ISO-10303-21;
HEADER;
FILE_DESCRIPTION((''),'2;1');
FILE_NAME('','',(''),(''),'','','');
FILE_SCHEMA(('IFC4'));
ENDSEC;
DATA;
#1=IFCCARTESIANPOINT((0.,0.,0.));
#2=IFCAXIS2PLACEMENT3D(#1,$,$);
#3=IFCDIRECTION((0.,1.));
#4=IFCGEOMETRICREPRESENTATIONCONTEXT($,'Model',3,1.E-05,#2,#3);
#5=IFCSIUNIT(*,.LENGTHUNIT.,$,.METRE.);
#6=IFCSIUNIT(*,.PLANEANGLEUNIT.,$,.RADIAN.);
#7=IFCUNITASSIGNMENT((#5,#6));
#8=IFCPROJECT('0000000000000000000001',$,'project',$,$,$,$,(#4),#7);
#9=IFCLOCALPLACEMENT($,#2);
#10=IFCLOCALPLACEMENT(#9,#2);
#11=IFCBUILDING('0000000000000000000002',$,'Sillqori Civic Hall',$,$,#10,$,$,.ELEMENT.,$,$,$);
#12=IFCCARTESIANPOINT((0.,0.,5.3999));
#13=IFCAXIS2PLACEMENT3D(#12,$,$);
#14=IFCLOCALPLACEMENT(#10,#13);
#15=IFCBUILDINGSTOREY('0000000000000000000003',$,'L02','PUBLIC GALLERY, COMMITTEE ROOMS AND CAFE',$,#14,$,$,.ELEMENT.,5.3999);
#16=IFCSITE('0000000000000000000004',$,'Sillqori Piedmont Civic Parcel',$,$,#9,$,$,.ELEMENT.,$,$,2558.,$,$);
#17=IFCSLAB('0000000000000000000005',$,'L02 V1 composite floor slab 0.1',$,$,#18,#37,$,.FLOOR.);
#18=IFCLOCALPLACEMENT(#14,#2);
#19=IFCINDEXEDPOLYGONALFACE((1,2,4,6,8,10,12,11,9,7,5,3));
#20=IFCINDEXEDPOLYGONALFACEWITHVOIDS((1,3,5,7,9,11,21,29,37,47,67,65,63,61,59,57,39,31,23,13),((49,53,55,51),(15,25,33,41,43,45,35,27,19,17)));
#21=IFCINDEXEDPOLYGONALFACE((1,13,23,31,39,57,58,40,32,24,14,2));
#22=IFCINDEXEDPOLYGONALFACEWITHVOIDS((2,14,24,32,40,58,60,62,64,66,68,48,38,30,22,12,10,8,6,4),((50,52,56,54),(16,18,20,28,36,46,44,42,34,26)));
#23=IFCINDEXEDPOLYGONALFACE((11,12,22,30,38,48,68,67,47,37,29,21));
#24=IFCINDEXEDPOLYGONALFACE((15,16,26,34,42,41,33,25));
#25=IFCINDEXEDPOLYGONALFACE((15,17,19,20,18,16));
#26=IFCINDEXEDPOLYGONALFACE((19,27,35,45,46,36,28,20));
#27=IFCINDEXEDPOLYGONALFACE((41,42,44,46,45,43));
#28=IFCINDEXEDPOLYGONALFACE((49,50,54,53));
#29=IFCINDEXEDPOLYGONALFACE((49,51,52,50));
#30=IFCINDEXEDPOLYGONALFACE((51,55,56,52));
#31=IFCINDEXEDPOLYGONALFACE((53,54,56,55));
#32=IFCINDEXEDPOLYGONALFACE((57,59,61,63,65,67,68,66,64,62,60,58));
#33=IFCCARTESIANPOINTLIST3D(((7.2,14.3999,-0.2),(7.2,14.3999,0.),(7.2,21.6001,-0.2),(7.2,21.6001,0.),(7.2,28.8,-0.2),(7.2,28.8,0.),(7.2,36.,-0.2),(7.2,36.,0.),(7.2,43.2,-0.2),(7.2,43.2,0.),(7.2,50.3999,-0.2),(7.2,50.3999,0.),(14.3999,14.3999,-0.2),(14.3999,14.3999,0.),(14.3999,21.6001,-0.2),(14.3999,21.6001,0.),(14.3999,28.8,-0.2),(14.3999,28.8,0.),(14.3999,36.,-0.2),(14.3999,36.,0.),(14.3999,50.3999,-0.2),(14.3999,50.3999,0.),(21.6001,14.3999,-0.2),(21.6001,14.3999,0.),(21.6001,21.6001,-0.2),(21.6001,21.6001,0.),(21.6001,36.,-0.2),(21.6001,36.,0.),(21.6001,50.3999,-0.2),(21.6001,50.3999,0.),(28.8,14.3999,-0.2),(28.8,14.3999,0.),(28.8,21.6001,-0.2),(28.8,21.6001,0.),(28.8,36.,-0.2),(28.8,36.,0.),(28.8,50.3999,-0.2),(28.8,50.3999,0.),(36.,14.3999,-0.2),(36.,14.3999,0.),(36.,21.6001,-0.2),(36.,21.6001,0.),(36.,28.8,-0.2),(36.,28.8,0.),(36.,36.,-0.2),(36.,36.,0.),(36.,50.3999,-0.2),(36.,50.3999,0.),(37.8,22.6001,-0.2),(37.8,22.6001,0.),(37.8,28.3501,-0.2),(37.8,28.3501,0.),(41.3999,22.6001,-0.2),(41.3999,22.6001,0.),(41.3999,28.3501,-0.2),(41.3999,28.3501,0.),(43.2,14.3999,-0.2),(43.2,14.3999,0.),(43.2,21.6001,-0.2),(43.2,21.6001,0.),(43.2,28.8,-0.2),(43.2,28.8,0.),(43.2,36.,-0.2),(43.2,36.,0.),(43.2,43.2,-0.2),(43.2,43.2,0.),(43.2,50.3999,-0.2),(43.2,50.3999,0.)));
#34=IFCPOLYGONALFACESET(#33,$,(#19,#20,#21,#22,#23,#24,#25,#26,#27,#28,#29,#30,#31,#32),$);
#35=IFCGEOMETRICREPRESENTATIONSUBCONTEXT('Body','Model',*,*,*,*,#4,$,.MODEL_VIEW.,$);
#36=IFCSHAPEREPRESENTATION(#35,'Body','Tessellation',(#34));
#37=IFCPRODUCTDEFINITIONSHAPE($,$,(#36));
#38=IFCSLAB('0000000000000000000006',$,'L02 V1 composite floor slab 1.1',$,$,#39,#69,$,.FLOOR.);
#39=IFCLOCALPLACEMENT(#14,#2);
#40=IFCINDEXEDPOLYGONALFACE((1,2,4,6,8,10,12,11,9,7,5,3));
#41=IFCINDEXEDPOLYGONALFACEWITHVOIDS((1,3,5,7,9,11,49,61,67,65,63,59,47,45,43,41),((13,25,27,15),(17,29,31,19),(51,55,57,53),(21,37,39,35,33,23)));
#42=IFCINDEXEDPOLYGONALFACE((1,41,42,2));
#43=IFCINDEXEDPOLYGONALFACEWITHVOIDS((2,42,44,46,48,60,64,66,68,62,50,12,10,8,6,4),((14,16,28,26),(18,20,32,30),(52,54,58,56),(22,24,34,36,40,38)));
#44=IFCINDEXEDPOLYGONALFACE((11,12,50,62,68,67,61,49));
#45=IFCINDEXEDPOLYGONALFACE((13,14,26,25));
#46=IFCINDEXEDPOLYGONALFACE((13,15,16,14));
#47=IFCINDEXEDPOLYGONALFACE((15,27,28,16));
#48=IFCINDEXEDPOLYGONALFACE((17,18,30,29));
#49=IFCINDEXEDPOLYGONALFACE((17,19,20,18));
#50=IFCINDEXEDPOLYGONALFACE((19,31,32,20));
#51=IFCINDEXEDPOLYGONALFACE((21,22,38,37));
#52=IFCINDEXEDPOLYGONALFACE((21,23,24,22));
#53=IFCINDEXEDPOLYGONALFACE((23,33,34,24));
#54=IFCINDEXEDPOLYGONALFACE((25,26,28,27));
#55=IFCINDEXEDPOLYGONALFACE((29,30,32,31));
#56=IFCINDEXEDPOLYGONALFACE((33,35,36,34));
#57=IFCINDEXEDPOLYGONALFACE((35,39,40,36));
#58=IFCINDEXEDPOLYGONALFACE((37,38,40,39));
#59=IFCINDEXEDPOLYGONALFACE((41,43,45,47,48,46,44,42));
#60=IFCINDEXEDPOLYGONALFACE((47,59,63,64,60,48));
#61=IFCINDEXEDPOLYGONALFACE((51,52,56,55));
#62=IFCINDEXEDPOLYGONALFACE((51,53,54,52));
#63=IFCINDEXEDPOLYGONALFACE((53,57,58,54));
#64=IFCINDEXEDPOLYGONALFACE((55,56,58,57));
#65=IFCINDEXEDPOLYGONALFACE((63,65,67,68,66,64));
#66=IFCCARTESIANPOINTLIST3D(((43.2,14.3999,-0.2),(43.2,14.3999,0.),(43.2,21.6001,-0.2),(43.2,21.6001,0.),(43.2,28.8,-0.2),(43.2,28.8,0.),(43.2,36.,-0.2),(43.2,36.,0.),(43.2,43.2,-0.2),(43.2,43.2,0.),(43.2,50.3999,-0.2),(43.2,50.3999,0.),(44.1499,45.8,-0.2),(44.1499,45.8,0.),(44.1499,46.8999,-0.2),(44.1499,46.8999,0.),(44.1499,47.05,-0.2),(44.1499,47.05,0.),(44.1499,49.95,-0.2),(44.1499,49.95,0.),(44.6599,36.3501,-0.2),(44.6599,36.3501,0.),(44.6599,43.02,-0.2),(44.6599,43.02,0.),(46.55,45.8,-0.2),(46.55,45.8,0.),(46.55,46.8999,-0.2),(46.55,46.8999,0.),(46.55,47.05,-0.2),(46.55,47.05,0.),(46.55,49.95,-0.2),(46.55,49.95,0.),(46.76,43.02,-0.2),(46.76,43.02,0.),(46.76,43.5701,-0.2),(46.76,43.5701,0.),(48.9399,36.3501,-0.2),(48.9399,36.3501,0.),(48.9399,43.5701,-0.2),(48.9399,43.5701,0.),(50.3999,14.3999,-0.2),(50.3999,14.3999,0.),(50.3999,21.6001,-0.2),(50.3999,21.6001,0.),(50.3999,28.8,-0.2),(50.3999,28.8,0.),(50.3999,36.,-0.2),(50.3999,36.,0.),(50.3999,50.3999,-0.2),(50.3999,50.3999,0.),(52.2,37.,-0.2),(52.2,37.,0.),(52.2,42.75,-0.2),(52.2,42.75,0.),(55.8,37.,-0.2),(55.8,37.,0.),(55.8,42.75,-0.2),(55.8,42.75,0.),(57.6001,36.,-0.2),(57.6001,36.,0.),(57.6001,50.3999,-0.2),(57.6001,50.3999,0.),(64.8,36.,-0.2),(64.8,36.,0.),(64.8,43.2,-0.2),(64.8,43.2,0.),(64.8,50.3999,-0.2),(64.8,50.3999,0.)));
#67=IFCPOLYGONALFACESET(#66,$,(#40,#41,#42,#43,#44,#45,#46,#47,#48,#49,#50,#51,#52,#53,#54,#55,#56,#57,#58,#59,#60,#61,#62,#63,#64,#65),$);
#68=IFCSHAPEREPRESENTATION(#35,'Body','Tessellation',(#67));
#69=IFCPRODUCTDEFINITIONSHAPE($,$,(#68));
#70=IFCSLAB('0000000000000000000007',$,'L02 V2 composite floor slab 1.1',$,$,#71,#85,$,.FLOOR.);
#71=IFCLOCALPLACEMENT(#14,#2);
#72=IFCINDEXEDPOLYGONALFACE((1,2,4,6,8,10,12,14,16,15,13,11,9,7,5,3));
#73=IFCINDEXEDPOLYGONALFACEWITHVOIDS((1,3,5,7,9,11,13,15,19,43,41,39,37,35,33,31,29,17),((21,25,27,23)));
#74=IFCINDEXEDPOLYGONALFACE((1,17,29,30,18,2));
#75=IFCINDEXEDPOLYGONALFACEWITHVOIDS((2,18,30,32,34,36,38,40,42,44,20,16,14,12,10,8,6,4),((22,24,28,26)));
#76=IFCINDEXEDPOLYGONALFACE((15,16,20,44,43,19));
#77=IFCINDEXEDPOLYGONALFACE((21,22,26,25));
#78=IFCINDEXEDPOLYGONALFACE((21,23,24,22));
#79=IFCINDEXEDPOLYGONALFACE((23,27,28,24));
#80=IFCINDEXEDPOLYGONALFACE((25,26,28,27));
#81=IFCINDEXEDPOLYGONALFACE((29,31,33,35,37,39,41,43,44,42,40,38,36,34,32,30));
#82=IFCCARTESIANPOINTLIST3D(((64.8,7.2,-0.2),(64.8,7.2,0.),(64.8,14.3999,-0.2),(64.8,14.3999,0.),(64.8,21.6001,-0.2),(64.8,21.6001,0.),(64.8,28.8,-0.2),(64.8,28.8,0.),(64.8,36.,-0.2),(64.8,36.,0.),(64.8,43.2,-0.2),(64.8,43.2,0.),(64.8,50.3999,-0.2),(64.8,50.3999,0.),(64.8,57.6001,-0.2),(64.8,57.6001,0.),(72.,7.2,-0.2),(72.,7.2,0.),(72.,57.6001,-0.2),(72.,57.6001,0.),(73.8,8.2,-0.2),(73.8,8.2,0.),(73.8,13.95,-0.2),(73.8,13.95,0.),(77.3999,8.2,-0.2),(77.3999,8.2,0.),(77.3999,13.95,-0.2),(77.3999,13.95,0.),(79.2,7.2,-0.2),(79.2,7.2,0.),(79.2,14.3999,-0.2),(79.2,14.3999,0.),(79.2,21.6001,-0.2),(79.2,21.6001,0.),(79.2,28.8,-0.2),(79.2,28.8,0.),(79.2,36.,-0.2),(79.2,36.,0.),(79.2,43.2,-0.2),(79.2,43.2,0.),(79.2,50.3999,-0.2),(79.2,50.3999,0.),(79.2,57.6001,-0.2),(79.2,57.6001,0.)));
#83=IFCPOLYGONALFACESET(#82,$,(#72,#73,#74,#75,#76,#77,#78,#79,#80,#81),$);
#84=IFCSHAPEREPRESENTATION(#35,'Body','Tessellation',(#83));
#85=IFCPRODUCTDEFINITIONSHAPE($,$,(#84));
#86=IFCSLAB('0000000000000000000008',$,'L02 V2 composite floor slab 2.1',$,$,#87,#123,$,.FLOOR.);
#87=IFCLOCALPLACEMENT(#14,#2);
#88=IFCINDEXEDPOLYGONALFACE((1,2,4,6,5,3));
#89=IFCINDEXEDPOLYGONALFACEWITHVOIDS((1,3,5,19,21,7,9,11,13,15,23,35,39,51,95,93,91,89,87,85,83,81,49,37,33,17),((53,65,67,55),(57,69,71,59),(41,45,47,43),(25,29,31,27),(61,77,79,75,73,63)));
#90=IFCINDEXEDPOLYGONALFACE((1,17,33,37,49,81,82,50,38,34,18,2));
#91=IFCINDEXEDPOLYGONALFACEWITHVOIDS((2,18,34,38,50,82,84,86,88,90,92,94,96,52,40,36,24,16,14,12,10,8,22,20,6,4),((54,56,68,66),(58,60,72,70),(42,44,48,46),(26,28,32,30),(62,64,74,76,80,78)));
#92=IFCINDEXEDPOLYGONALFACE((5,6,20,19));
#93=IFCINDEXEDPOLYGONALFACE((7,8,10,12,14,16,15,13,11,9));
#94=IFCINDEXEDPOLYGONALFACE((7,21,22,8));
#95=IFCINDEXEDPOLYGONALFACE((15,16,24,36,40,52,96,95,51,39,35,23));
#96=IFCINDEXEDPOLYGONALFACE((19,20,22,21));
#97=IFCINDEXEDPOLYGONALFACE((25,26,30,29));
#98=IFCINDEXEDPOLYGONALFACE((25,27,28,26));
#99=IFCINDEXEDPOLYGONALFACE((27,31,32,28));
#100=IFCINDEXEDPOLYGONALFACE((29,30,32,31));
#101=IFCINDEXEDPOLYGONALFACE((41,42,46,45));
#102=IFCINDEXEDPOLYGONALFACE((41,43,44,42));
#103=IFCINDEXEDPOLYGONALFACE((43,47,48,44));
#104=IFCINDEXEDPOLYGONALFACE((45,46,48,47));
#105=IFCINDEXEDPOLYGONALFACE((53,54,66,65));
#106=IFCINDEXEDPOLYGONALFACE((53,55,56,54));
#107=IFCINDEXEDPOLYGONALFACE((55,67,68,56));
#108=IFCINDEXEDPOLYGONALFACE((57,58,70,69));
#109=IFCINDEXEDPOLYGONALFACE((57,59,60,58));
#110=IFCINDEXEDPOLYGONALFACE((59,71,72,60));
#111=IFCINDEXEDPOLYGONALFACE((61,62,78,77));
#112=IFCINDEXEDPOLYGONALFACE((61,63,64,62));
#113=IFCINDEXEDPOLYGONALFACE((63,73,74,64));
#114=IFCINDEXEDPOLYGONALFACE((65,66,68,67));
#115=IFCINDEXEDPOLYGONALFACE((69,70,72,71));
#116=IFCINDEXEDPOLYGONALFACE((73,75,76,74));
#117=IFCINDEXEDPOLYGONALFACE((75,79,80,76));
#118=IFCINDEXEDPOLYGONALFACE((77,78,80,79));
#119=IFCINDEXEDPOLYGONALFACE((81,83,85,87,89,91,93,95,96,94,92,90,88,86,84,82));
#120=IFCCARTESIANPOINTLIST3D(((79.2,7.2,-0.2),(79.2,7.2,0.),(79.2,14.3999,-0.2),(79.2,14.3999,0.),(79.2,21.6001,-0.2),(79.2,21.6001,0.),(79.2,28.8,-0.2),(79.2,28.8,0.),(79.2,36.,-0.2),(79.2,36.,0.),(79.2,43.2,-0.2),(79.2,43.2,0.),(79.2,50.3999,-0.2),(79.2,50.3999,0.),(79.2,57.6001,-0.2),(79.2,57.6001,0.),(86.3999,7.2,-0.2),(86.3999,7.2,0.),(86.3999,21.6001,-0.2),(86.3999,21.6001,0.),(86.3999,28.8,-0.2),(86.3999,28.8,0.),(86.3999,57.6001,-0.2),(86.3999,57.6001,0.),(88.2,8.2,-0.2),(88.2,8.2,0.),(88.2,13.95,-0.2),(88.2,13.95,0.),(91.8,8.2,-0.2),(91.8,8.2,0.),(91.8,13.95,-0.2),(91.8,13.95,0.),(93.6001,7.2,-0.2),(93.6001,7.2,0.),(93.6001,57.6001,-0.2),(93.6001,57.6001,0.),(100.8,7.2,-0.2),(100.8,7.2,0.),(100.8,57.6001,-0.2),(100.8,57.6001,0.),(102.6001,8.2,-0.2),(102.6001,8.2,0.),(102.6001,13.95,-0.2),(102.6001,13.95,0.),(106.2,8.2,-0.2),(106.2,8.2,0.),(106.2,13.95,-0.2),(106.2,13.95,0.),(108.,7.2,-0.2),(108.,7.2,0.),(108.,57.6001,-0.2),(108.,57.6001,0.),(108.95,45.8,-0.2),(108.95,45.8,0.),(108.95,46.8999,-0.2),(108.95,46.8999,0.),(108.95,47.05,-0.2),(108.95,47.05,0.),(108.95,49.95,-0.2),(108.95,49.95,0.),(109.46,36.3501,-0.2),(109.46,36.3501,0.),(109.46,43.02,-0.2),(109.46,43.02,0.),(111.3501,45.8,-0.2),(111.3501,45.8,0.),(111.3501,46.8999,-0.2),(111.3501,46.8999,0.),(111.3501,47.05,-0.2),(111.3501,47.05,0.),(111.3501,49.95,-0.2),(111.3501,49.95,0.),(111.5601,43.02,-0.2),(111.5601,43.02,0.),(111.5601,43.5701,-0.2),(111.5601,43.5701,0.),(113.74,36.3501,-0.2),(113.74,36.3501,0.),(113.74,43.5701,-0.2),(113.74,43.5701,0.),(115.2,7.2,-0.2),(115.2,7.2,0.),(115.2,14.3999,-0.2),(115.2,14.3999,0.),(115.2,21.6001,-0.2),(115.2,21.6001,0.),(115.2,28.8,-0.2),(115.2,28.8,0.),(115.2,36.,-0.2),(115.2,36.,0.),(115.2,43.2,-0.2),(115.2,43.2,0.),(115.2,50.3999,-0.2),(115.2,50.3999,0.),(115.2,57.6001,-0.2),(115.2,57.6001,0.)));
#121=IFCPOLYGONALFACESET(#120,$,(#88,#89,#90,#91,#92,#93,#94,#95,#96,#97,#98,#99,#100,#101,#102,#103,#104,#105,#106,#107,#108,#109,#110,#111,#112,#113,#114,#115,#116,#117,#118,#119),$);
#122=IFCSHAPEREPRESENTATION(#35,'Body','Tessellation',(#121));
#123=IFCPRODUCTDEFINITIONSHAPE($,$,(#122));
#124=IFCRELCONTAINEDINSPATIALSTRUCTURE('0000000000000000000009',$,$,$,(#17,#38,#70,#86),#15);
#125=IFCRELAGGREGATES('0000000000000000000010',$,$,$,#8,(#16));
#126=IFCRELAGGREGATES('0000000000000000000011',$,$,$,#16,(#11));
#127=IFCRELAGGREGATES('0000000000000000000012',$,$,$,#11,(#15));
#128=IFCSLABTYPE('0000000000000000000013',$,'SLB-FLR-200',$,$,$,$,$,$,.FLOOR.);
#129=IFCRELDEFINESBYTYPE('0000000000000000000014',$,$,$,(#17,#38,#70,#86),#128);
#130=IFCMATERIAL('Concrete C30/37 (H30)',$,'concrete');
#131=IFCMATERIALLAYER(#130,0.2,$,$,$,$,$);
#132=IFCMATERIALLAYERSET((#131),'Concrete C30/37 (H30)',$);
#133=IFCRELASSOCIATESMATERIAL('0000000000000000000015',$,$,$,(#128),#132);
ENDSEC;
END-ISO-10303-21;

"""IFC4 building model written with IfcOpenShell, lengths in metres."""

from ifc_helpers import new_model, si_unit, direction, frame, origin, place, context, subcontext, project, spatial, polyline, outline, extrude, material, layer, layer_set, type_object, element, save


model = new_model("IFC4")

# Units and contexts
model_context = context("Model", 3, precision=1e-05, world=origin(), true_north=direction((0.0, 1.0)))
body_context = subcontext(model_context, "Body", "Model", "MODEL_VIEW")
ifc_project = project(units=[si_unit("LENGTHUNIT", "METRE"), si_unit("PLANEANGLEUNIT", "RADIAN")], contexts=[model_context])

# Site, building, storey
site_placement = place(None, origin())
site = spatial("IfcSite", under=ifc_project, at=site_placement, Name="Sillqori Piedmont Civic Parcel", CompositionType="ELEMENT", RefElevation=2558.0)
building_placement = place(site_placement, origin())
building = spatial("IfcBuilding", under=site, at=building_placement, Name="Sillqori Civic Hall", CompositionType="ELEMENT")
storey_placement = place(building_placement, frame((0.0, 0.0, 5.3999)))
storey = spatial("IfcBuildingStorey", under=building, at=storey_placement, Name="L02", Description="PUBLIC GALLERY, COMMITTEE ROOMS AND CAFE", CompositionType="ELEMENT", Elevation=5.3999)

# Slabs
ifc_material_1 = material(Name="Concrete C30/37 (H30)", Category="concrete")
ifc_layer_1 = layer(ifc_material_1, 0.2)
ifc_layer_set_1 = layer_set([ifc_layer_1], Name="Concrete C30/37 (H30)")
slab_type_1 = type_object("IfcSlabType", Name="SLB-FLR-200", PredefinedType="FLOOR", material=ifc_layer_set_1)
slab_1_placement = place(storey_placement, frame((0.0, 0.0, -0.2)))
element("IfcSlab", 1, at=slab_1_placement, inside=storey, type_object=slab_type_1, Name="L02 V1 composite floor slab 0.1", PredefinedType="FLOOR", context=body_context, shape_type="SweptSolid", body=[
    extrude(outline(polyline([(7.2, 43.2), (7.2, 50.3999), (14.3999, 50.3999), (21.6001, 50.3999), (28.8, 50.3999), (36.0, 50.3999), (43.2, 50.3999), (43.2, 43.2), (43.2, 36.0), (43.2, 28.8), (43.2, 21.6001), (43.2, 14.3999), (36.0, 14.3999), (28.8, 14.3999), (21.6001, 14.3999), (14.3999, 14.3999), (7.2, 14.3999), (7.2, 21.6001), (7.2, 28.8), (7.2, 36.0), (7.2, 43.2)]), holes=[polyline([(14.3999, 36.0), (14.3999, 28.8), (14.3999, 21.6001), (21.6001, 21.6001), (28.8, 21.6001), (36.0, 21.6001), (36.0, 28.8), (36.0, 36.0), (28.8, 36.0), (21.6001, 36.0), (14.3999, 36.0)]), polyline([(41.3999, 22.6001), (41.3999, 28.3501), (37.8, 28.3501), (37.8, 22.6001), (41.3999, 22.6001)])]), origin(), (0.0, 0.0, 1.0), 0.2),
])
slab_2_placement = place(storey_placement, frame((0.0, 0.0, -0.2)))
element("IfcSlab", 2, at=slab_2_placement, inside=storey, type_object=slab_type_1, Name="L02 V1 composite floor slab 1.1", PredefinedType="FLOOR", context=body_context, shape_type="SweptSolid", body=[
    extrude(outline(polyline([(43.2, 28.8), (43.2, 36.0), (43.2, 43.2), (43.2, 50.3999), (50.3999, 50.3999), (57.6001, 50.3999), (64.8, 50.3999), (64.8, 43.2), (64.8, 36.0), (57.6001, 36.0), (50.3999, 36.0), (50.3999, 28.8), (50.3999, 21.6001), (50.3999, 14.3999), (43.2, 14.3999), (43.2, 21.6001), (43.2, 28.8)]), holes=[polyline([(55.8, 37.0), (55.8, 42.75), (52.2, 42.75), (52.2, 37.0), (55.8, 37.0)]), polyline([(46.76, 43.02), (44.6599, 43.02), (44.6599, 36.3501), (48.9399, 36.3501), (48.9399, 43.5701), (46.76, 43.5701), (46.76, 43.02)]), polyline([(46.55, 45.8), (46.55, 46.8999), (44.1499, 46.8999), (44.1499, 45.8), (46.55, 45.8)]), polyline([(46.55, 47.05), (46.55, 49.95), (44.1499, 49.95), (44.1499, 47.05), (46.55, 47.05)])]), origin(), (0.0, 0.0, 1.0), 0.2),
])
slab_3_placement = place(storey_placement, frame((0.0, 0.0, -0.2)))
element("IfcSlab", 3, at=slab_3_placement, inside=storey, type_object=slab_type_1, Name="L02 V2 composite floor slab 1.1", PredefinedType="FLOOR", context=body_context, shape_type="SweptSolid", body=[
    extrude(outline(polyline([(64.8, 21.6001), (64.8, 28.8), (64.8, 36.0), (64.8, 43.2), (64.8, 50.3999), (64.8, 57.6001), (72.0, 57.6001), (79.2, 57.6001), (79.2, 50.3999), (79.2, 43.2), (79.2, 36.0), (79.2, 28.8), (79.2, 21.6001), (79.2, 14.3999), (79.2, 7.2), (72.0, 7.2), (64.8, 7.2), (64.8, 14.3999), (64.8, 21.6001)]), holes=[polyline([(77.3999, 13.95), (73.8, 13.95), (73.8, 8.2), (77.3999, 8.2), (77.3999, 13.95)])]), origin(), (0.0, 0.0, 1.0), 0.2),
])
slab_4_placement = place(storey_placement, frame((0.0, 0.0, -0.2)))
element("IfcSlab", 4, at=slab_4_placement, inside=storey, type_object=slab_type_1, Name="L02 V2 composite floor slab 2.1", PredefinedType="FLOOR", context=body_context, shape_type="SweptSolid", body=[
    extrude(outline(polyline([(79.2, 28.8), (79.2, 36.0), (79.2, 43.2), (79.2, 50.3999), (79.2, 57.6001), (86.3999, 57.6001), (93.6001, 57.6001), (100.8, 57.6001), (108.0, 57.6001), (115.2, 57.6001), (115.2, 50.3999), (115.2, 43.2), (115.2, 36.0), (115.2, 28.8), (115.2, 21.6001), (115.2, 14.3999), (115.2, 7.2), (108.0, 7.2), (100.8, 7.2), (93.6001, 7.2), (86.3999, 7.2), (79.2, 7.2), (79.2, 14.3999), (79.2, 21.6001), (86.3999, 21.6001), (86.3999, 28.8), (79.2, 28.8)]), holes=[polyline([(91.8, 8.2), (91.8, 13.95), (88.2, 13.95), (88.2, 8.2), (91.8, 8.2)]), polyline([(106.2, 8.2), (106.2, 13.95), (102.6001, 13.95), (102.6001, 8.2), (106.2, 8.2)]), polyline([(111.5601, 43.02), (109.46, 43.02), (109.46, 36.3501), (113.74, 36.3501), (113.74, 43.5701), (111.5601, 43.5701), (111.5601, 43.02)]), polyline([(111.3501, 45.8), (111.3501, 46.8999), (108.95, 46.8999), (108.95, 45.8), (111.3501, 45.8)]), polyline([(111.3501, 47.05), (111.3501, 49.95), (108.95, 49.95), (108.95, 47.05), (111.3501, 47.05)])]), origin(), (0.0, 0.0, 1.0), 0.2),
])

save(model, "model.ifc")
